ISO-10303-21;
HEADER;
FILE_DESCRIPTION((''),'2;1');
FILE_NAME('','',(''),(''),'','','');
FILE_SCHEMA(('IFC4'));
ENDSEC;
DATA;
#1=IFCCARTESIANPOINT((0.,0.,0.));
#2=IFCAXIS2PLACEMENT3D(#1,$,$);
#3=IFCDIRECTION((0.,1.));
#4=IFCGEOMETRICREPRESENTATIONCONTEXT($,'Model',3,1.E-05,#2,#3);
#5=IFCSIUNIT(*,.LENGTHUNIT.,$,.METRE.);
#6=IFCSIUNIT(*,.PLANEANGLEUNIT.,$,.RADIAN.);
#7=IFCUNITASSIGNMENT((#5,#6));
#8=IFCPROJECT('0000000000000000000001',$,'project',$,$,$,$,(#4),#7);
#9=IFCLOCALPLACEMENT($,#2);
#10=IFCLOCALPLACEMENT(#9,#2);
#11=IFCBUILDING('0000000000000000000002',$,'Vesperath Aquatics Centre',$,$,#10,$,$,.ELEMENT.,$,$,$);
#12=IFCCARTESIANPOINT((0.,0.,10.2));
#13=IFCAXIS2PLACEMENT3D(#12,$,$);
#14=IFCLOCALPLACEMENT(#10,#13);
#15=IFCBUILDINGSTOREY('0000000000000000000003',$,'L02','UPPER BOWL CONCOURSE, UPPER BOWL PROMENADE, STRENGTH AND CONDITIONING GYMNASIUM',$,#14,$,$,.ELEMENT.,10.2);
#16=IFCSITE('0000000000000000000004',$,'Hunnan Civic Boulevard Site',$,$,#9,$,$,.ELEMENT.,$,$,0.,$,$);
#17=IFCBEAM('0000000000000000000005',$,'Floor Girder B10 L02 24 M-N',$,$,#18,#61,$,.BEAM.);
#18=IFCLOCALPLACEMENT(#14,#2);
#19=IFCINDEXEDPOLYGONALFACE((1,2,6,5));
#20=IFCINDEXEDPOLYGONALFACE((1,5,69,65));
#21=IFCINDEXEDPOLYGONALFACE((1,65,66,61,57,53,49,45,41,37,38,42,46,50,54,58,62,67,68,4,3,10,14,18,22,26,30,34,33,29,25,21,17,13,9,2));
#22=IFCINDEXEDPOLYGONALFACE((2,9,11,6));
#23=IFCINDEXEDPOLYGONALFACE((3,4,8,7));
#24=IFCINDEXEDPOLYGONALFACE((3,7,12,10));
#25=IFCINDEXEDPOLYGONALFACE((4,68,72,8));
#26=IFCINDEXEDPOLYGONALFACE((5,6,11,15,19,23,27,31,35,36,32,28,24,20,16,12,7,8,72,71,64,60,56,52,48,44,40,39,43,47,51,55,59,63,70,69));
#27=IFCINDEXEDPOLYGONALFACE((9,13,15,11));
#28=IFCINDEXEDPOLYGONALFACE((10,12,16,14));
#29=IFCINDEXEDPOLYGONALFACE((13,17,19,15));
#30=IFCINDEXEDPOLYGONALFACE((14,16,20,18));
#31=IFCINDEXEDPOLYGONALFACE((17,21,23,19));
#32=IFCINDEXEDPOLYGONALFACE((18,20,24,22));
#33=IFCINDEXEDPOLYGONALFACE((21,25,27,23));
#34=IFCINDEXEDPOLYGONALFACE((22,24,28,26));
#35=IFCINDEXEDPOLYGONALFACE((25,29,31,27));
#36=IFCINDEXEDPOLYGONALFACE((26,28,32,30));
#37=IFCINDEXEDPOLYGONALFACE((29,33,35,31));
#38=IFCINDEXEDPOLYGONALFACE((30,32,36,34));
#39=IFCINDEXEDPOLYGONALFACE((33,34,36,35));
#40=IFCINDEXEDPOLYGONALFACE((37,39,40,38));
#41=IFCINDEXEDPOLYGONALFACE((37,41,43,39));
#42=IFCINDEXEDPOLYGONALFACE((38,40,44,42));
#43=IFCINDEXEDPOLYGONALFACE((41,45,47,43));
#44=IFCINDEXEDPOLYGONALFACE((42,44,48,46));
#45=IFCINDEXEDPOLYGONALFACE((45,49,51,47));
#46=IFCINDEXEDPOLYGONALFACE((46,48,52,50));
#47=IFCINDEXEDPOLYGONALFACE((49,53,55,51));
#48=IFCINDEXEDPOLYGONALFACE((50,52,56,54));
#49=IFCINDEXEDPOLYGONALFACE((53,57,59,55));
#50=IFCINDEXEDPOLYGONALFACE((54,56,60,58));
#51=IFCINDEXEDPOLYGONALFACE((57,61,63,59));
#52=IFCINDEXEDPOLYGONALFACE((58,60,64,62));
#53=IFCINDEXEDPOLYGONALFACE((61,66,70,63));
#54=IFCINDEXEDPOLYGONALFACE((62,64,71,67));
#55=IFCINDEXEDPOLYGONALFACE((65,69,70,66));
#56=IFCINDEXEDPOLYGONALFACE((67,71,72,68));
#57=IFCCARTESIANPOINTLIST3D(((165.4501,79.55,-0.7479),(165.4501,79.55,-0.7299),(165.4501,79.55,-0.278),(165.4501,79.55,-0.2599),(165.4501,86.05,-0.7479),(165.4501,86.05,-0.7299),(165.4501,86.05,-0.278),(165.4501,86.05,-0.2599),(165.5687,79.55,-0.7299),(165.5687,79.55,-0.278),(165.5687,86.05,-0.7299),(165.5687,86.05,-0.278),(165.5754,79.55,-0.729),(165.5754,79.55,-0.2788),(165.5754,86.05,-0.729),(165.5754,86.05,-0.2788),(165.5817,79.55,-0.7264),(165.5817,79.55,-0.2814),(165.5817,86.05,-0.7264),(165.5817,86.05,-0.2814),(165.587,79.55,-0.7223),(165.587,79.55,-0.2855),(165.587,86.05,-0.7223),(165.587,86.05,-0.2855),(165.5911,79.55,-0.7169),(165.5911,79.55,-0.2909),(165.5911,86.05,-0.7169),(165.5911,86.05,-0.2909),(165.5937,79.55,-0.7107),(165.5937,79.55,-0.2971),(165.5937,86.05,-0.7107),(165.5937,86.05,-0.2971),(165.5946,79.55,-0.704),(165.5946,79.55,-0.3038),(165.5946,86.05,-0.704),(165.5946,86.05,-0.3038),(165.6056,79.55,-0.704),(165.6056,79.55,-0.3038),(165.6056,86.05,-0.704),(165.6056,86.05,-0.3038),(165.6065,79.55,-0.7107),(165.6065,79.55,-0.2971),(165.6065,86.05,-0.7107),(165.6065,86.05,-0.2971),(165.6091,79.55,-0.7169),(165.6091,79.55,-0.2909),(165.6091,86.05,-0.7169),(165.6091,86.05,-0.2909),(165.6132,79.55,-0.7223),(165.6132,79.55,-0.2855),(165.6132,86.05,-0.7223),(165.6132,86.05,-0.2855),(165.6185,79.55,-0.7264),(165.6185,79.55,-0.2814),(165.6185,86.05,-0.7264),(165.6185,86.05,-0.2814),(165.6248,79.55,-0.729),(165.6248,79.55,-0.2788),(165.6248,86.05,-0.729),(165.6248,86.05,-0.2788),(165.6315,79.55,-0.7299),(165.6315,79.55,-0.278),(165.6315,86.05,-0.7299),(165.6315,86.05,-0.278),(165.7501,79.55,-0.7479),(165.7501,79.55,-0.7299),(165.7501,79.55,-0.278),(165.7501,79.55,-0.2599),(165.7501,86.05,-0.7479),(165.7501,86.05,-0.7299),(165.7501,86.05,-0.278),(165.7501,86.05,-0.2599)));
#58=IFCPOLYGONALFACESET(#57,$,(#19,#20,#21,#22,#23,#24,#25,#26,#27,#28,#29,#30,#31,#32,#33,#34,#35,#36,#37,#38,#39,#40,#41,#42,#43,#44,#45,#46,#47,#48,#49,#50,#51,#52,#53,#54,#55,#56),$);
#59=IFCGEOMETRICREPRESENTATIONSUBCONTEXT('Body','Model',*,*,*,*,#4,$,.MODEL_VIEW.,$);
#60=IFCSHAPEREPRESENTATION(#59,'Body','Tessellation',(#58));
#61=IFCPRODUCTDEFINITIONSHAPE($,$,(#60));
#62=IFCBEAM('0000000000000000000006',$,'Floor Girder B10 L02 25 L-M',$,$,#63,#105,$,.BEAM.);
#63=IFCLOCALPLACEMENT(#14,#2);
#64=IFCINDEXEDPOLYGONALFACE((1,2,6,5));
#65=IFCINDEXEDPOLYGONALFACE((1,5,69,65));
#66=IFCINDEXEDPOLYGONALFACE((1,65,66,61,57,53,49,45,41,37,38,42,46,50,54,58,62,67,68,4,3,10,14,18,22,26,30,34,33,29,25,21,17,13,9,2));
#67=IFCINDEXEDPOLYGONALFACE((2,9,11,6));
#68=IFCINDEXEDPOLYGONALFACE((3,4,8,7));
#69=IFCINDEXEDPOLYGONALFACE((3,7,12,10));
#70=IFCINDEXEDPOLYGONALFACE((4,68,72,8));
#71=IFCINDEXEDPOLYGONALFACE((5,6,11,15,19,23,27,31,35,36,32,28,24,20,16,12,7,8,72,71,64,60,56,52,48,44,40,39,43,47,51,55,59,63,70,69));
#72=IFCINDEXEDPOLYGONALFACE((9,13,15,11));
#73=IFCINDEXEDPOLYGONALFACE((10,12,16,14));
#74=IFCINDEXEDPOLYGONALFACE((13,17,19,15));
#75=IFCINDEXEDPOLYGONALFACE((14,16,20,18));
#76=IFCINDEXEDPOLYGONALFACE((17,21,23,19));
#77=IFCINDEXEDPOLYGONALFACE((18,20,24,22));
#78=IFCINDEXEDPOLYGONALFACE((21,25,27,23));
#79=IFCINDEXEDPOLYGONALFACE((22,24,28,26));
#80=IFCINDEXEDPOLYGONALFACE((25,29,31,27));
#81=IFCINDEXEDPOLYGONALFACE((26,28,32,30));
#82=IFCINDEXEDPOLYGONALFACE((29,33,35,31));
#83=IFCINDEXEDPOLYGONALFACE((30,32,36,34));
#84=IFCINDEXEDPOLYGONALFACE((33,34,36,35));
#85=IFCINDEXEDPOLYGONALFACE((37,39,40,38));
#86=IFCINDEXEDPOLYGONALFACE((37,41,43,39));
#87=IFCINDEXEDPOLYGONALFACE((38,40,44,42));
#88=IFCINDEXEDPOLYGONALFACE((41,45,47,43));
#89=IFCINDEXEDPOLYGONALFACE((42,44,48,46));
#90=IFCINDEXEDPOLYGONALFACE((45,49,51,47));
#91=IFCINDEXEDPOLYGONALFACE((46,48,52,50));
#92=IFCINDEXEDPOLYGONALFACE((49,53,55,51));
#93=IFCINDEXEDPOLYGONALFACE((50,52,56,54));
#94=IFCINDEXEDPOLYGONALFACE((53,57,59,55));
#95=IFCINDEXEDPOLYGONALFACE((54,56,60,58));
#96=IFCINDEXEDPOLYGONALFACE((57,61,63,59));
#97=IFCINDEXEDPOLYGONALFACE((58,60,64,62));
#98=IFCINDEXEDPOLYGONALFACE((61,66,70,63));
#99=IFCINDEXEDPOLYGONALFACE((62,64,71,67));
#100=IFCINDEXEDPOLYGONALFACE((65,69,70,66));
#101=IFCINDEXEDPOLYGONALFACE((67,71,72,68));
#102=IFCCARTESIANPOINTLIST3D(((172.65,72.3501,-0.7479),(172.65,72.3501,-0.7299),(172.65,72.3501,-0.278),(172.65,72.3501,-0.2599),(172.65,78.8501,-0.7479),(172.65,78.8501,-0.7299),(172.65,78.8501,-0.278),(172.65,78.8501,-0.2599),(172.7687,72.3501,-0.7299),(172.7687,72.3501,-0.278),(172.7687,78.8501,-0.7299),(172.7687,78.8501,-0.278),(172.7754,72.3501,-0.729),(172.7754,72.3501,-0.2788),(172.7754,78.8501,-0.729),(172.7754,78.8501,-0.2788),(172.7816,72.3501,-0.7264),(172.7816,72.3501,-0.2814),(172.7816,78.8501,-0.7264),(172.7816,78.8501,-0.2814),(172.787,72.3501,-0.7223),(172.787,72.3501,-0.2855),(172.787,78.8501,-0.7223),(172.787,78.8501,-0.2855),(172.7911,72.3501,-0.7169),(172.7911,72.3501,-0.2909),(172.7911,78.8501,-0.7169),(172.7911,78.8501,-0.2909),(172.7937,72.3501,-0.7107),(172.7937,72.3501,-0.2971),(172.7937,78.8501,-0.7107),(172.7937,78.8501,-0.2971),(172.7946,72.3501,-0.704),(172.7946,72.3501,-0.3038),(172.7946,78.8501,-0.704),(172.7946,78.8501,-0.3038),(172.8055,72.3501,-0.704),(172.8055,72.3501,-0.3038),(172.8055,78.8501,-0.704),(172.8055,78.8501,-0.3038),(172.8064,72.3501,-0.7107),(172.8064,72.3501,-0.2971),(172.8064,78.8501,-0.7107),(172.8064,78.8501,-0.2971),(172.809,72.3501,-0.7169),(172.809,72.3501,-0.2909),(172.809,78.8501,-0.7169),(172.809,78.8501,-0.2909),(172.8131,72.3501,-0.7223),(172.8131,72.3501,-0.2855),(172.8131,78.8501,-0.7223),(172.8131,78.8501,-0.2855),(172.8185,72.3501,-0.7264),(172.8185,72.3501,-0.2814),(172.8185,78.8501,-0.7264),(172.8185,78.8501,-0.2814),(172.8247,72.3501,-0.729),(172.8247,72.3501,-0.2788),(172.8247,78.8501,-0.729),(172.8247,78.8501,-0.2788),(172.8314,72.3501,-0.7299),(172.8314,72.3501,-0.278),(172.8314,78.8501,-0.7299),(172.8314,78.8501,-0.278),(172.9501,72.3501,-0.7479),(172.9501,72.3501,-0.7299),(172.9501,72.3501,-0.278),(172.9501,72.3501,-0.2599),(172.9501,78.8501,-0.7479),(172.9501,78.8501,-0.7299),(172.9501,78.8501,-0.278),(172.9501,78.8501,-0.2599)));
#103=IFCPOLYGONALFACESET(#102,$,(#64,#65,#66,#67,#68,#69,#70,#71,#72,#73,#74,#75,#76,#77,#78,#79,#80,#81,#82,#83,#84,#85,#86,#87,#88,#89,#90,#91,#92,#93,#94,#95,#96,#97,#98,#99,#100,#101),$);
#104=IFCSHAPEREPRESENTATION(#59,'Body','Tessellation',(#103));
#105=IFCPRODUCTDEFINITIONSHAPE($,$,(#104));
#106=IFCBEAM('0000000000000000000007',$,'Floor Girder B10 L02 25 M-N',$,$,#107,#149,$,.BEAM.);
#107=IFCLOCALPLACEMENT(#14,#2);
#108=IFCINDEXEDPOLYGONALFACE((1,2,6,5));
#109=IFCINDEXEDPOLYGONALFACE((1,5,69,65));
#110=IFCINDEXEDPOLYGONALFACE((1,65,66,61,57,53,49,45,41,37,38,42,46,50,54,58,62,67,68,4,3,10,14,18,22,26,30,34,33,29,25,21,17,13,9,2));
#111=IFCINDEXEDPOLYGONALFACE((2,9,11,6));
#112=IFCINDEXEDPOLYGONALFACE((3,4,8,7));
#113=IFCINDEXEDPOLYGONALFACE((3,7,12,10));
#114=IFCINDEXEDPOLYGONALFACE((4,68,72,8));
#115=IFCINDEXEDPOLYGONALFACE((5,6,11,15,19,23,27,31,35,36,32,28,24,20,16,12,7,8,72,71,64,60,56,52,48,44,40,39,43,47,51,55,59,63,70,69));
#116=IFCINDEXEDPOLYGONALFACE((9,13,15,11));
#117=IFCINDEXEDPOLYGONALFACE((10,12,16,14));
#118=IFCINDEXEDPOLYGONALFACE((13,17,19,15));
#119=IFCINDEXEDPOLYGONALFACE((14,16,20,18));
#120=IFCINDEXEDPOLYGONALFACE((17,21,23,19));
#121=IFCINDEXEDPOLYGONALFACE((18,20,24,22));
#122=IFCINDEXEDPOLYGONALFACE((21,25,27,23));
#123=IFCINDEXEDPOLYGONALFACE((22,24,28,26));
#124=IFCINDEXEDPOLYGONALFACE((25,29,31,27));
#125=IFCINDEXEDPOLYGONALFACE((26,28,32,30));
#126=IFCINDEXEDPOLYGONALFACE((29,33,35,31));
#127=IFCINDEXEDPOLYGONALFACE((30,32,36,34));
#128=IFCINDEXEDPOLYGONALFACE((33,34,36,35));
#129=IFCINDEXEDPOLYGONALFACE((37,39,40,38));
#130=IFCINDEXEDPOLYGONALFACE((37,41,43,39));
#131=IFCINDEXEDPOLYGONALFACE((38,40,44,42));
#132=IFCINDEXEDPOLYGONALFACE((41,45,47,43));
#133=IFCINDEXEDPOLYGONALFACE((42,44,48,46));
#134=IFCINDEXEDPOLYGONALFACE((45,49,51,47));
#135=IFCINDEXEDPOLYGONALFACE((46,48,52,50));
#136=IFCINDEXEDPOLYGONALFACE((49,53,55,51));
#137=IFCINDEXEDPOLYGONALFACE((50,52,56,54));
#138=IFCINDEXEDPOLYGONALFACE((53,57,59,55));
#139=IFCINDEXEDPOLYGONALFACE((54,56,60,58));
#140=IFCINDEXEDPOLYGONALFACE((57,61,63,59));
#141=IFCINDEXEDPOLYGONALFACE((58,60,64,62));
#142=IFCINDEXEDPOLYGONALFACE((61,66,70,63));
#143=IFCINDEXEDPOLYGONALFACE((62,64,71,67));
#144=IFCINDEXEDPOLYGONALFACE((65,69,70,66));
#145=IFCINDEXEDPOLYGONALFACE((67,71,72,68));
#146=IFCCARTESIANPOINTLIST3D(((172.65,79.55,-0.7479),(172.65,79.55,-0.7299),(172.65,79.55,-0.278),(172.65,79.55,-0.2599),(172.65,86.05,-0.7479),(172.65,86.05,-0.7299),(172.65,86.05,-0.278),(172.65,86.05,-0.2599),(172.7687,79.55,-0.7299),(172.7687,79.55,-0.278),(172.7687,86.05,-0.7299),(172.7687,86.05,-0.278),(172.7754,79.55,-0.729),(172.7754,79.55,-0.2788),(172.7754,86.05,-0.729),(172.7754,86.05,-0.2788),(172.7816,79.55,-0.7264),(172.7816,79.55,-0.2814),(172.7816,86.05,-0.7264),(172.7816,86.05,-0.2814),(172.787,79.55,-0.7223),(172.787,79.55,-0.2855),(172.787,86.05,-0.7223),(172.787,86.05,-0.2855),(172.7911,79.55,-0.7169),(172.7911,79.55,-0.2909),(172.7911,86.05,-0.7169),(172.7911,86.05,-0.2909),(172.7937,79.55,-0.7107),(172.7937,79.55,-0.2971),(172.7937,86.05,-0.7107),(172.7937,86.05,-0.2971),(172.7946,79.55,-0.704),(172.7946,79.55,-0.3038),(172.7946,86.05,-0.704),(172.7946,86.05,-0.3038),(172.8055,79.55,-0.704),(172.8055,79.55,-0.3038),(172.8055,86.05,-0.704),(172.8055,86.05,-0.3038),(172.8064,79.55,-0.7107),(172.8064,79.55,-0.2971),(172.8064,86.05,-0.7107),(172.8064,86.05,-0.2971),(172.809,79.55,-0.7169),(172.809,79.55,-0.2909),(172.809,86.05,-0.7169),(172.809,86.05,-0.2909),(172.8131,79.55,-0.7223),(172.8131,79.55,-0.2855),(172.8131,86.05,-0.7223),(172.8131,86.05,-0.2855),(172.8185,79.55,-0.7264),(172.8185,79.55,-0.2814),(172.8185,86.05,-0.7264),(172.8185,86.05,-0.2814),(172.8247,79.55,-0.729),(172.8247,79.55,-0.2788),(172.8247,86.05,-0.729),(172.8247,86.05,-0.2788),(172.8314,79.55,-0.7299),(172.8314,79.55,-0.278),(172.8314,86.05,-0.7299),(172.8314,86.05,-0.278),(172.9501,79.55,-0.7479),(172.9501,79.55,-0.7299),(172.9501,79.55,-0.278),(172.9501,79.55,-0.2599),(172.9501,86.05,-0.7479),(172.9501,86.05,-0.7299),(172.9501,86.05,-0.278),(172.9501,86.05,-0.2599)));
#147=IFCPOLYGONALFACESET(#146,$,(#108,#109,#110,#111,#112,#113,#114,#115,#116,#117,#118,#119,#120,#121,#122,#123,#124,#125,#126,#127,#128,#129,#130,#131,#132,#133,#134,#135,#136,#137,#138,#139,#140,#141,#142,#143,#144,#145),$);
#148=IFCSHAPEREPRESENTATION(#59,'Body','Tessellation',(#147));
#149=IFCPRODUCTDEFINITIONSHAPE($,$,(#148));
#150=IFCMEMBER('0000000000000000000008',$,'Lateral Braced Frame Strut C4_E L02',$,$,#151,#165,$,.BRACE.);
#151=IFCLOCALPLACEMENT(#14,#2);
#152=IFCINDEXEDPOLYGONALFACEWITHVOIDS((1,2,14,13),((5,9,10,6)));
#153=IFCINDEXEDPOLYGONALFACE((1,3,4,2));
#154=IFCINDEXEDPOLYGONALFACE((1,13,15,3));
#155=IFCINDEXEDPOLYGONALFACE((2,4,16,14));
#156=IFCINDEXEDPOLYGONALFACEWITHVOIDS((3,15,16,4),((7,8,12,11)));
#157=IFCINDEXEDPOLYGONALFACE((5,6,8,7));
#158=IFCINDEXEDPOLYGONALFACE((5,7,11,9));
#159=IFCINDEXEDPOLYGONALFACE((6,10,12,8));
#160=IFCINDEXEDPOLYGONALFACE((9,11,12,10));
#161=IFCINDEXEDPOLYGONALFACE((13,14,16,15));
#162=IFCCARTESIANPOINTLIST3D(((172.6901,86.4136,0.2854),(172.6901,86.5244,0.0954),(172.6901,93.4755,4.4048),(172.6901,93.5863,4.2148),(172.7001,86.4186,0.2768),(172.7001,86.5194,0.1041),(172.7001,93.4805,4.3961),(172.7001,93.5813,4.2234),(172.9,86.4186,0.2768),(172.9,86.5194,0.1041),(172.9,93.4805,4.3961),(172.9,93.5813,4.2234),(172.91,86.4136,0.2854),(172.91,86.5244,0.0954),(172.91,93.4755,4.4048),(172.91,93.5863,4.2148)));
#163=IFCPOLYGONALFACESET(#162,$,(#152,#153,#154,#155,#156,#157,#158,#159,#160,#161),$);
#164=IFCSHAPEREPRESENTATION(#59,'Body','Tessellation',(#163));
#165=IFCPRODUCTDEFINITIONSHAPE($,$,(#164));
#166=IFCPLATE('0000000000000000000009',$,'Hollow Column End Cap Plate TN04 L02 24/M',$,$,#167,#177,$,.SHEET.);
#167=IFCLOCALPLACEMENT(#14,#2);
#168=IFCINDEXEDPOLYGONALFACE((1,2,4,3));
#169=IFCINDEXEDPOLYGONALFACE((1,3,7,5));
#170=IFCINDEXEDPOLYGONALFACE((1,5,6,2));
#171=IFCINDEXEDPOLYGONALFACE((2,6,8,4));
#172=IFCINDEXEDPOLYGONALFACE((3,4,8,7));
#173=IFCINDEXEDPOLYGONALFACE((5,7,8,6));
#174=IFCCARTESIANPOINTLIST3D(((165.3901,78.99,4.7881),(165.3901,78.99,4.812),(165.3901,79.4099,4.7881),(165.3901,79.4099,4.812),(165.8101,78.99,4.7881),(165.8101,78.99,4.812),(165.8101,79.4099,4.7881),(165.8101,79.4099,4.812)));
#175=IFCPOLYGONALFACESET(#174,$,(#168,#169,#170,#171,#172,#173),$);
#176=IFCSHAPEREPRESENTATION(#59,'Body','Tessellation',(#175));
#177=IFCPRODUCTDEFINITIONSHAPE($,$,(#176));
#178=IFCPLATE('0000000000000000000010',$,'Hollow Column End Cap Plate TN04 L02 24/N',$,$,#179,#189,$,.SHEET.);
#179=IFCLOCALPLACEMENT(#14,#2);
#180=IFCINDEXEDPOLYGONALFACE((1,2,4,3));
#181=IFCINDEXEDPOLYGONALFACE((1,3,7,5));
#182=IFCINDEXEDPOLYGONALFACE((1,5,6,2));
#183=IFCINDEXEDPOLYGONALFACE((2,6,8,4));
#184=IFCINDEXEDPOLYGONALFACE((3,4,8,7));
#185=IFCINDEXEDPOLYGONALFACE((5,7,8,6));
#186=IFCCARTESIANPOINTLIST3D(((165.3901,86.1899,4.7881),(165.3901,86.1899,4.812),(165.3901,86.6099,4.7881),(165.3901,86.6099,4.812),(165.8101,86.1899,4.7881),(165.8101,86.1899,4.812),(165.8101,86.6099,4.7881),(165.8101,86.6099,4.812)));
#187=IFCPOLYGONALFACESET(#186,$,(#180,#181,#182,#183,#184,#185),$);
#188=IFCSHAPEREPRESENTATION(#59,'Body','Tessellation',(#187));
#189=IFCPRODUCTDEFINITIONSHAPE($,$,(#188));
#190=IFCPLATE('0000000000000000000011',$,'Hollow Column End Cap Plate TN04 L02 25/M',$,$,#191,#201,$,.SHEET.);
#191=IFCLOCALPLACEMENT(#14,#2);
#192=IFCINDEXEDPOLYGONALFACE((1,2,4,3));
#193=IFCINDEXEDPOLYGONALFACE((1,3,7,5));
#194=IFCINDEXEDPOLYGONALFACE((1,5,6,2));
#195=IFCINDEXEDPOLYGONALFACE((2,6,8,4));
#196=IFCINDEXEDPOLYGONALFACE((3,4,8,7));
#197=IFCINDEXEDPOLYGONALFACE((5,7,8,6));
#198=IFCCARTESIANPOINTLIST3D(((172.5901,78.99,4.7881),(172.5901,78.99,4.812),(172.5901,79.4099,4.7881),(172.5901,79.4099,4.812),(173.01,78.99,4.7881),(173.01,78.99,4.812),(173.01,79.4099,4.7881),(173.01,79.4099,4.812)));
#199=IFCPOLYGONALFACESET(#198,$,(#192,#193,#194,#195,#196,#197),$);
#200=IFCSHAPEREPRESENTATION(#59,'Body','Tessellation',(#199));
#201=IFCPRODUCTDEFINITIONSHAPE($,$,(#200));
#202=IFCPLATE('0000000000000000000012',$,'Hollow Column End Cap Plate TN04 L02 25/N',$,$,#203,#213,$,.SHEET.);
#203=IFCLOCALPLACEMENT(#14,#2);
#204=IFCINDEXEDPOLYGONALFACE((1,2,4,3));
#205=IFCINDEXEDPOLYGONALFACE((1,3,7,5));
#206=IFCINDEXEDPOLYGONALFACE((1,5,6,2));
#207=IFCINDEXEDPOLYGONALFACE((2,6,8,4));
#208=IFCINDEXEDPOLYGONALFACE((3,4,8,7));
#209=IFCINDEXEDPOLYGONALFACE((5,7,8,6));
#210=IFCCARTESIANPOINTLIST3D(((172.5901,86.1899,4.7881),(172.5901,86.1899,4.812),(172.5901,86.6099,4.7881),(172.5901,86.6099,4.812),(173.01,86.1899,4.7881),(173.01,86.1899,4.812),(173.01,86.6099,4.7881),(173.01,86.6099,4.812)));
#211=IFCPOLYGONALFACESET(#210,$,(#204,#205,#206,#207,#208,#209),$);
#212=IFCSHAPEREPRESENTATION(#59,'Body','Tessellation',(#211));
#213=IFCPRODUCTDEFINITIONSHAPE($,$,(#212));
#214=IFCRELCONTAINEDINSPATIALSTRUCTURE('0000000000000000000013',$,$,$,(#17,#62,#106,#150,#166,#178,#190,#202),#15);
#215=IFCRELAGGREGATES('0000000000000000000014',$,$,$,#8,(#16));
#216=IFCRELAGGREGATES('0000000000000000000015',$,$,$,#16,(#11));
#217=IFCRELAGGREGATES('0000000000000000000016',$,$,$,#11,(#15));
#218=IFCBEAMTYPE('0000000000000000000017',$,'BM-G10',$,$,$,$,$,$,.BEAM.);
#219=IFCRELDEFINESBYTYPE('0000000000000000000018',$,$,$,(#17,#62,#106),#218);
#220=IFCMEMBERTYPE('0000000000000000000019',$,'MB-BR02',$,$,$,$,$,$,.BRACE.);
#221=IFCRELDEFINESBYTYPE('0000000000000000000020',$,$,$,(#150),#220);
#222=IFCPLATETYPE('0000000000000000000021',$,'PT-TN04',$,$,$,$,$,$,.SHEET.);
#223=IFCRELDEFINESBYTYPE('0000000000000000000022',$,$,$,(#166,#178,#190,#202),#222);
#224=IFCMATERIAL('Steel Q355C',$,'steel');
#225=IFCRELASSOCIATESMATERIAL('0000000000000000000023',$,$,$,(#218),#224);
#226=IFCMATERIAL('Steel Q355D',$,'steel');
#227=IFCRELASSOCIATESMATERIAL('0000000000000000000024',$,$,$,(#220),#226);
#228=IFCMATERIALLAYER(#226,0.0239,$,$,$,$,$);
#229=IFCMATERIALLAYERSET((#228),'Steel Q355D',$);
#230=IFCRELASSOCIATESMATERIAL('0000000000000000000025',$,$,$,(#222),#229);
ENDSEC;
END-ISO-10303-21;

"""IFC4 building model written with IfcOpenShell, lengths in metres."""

from ifc_helpers import new_model, si_unit, direction, frame, origin, origin_2d, place, context, subcontext, project, spatial, rectangle, hollow_rectangle, i_section, extrude, material, layer, layer_set, material_profile, profile_set, type_object, element, save


model = new_model("IFC4")

# Units and contexts
model_context = context("Model", 3, precision=1e-05, world=origin(), true_north=direction((0.0, 1.0)))
body_context = subcontext(model_context, "Body", "Model", "MODEL_VIEW")
ifc_project = project(units=[si_unit("LENGTHUNIT", "METRE"), si_unit("PLANEANGLEUNIT", "RADIAN")], contexts=[model_context])

# Site, building, storey
site_placement = place(None, origin())
site = spatial("IfcSite", under=ifc_project, at=site_placement, Name="Hunnan Civic Boulevard Site", CompositionType="ELEMENT", RefElevation=0.0)
building_placement = place(site_placement, origin())
building = spatial("IfcBuilding", under=site, at=building_placement, Name="Vesperath Aquatics Centre", CompositionType="ELEMENT")
storey_placement = place(building_placement, frame((0.0, 0.0, 10.2)))
storey = spatial("IfcBuildingStorey", under=building, at=storey_placement, Name="L02", Description="UPPER BOWL CONCOURSE, UPPER BOWL PROMENADE, STRENGTH AND CONDITIONING GYMNASIUM", CompositionType="ELEMENT", Elevation=10.2)

# Shared definitions
ifc_material_1 = material(Name="Steel Q355D", Category="steel")

# Beams
ifc_material_2 = material(Name="Steel Q355C", Category="steel")
ifc_material_profile_1 = material_profile(ifc_material_2, i_section(OverallWidth=0.3, OverallDepth=0.488, WebThickness=0.011, FlangeThickness=0.0181, FilletRadius=0.0259, at=origin_2d()), Name="HM 488x300x11x18")
ifc_profile_set_1 = profile_set([ifc_material_profile_1], Name="Steel Q355C")
beam_type_1 = type_object("IfcBeamType", Name="BM-G10", PredefinedType="BEAM", material=ifc_profile_set_1)
for number, where, z_axis, x_axis, name in (
    (1, (165.6001, 79.55, -0.5039), (0.0, 1.0, 0.0), (-1.0, 0.0, 0.0), "Floor Girder B10 L02 24 M-N"),
    (2, (172.8, 72.3501, -0.5039), (0.0, 1.0, 0.0), (-1.0, 0.0, 0.0), "Floor Girder B10 L02 25 L-M"),
    (3, (172.8, 79.55, -0.5039), (0.0, 1.0, 0.0), (-1.0, 0.0, 0.0), "Floor Girder B10 L02 25 M-N"),
):
    element("IfcBeam", number, at=place(storey_placement, frame(where, z_axis=z_axis, x_axis=x_axis)), inside=storey, type_object=beam_type_1, Name=name, PredefinedType="BEAM", context=body_context, shape_type="SweptSolid", body=[
        extrude(i_section(OverallWidth=0.3, OverallDepth=0.488, WebThickness=0.011, FlangeThickness=0.0181, FilletRadius=0.0259, at=origin_2d()), origin(), (0.0, 0.0, 1.0), 6.5),
    ])

# Member
ifc_material_profile_2 = material_profile(ifc_material_1, hollow_rectangle(XDim=0.22, YDim=0.22, WallThickness=0.01, at=origin_2d()), Name="SHS 220x220x10")
ifc_profile_set_2 = profile_set([ifc_material_profile_2], Name="Steel Q355D")
member_type = type_object("IfcMemberType", Name="MB-BR02", PredefinedType="BRACE", material=ifc_profile_set_2)
member_placement = place(storey_placement, frame((172.8, 86.469, 0.1904), z_axis=(0.0, 0.863785, 0.50386), x_axis=(-1.0, 0.0, 0.0)))
element("IfcMember", 4, at=member_placement, inside=storey, type_object=member_type, Name="Lateral Braced Frame Strut C4_E L02", PredefinedType="BRACE", context=body_context, shape_type="SweptSolid", body=[
    extrude(hollow_rectangle(XDim=0.22, YDim=0.22, WallThickness=0.01, at=origin_2d()), origin(), (0.0, 0.0, 1.0), 8.1755),
])

# Plates
ifc_layer_1 = layer(ifc_material_1, 0.0239)
ifc_layer_set_1 = layer_set([ifc_layer_1], Name="Steel Q355D")
plate_type = type_object("IfcPlateType", Name="PT-TN04", PredefinedType="SHEET", material=ifc_layer_set_1)
for number, where, z_axis, x_axis, name in (
    (5, (165.6001, 79.2, 4.7881), (0.0, 0.0, 1.0), (1.0, 0.0, 0.0), "Hollow Column End Cap Plate TN04 L02 24/M"),
    (6, (165.6001, 86.3999, 4.7881), (0.0, 0.0, 1.0), (1.0, 0.0, 0.0), "Hollow Column End Cap Plate TN04 L02 24/N"),
    (7, (172.8, 79.2, 4.7881), (0.0, 0.0, 1.0), (1.0, 0.0, 0.0), "Hollow Column End Cap Plate TN04 L02 25/M"),
    (8, (172.8, 86.3999, 4.7881), (0.0, 0.0, 1.0), (1.0, 0.0, 0.0), "Hollow Column End Cap Plate TN04 L02 25/N"),
):
    element("IfcPlate", number, at=place(storey_placement, frame(where, z_axis=z_axis, x_axis=x_axis)), inside=storey, type_object=plate_type, Name=name, PredefinedType="SHEET", context=body_context, shape_type="SweptSolid", body=[
        extrude(rectangle(XDim=0.4199, YDim=0.4199, at=origin_2d()), origin(), (0.0, 0.0, 1.0), 0.0239),
    ])

save(model, "model.ifc")
